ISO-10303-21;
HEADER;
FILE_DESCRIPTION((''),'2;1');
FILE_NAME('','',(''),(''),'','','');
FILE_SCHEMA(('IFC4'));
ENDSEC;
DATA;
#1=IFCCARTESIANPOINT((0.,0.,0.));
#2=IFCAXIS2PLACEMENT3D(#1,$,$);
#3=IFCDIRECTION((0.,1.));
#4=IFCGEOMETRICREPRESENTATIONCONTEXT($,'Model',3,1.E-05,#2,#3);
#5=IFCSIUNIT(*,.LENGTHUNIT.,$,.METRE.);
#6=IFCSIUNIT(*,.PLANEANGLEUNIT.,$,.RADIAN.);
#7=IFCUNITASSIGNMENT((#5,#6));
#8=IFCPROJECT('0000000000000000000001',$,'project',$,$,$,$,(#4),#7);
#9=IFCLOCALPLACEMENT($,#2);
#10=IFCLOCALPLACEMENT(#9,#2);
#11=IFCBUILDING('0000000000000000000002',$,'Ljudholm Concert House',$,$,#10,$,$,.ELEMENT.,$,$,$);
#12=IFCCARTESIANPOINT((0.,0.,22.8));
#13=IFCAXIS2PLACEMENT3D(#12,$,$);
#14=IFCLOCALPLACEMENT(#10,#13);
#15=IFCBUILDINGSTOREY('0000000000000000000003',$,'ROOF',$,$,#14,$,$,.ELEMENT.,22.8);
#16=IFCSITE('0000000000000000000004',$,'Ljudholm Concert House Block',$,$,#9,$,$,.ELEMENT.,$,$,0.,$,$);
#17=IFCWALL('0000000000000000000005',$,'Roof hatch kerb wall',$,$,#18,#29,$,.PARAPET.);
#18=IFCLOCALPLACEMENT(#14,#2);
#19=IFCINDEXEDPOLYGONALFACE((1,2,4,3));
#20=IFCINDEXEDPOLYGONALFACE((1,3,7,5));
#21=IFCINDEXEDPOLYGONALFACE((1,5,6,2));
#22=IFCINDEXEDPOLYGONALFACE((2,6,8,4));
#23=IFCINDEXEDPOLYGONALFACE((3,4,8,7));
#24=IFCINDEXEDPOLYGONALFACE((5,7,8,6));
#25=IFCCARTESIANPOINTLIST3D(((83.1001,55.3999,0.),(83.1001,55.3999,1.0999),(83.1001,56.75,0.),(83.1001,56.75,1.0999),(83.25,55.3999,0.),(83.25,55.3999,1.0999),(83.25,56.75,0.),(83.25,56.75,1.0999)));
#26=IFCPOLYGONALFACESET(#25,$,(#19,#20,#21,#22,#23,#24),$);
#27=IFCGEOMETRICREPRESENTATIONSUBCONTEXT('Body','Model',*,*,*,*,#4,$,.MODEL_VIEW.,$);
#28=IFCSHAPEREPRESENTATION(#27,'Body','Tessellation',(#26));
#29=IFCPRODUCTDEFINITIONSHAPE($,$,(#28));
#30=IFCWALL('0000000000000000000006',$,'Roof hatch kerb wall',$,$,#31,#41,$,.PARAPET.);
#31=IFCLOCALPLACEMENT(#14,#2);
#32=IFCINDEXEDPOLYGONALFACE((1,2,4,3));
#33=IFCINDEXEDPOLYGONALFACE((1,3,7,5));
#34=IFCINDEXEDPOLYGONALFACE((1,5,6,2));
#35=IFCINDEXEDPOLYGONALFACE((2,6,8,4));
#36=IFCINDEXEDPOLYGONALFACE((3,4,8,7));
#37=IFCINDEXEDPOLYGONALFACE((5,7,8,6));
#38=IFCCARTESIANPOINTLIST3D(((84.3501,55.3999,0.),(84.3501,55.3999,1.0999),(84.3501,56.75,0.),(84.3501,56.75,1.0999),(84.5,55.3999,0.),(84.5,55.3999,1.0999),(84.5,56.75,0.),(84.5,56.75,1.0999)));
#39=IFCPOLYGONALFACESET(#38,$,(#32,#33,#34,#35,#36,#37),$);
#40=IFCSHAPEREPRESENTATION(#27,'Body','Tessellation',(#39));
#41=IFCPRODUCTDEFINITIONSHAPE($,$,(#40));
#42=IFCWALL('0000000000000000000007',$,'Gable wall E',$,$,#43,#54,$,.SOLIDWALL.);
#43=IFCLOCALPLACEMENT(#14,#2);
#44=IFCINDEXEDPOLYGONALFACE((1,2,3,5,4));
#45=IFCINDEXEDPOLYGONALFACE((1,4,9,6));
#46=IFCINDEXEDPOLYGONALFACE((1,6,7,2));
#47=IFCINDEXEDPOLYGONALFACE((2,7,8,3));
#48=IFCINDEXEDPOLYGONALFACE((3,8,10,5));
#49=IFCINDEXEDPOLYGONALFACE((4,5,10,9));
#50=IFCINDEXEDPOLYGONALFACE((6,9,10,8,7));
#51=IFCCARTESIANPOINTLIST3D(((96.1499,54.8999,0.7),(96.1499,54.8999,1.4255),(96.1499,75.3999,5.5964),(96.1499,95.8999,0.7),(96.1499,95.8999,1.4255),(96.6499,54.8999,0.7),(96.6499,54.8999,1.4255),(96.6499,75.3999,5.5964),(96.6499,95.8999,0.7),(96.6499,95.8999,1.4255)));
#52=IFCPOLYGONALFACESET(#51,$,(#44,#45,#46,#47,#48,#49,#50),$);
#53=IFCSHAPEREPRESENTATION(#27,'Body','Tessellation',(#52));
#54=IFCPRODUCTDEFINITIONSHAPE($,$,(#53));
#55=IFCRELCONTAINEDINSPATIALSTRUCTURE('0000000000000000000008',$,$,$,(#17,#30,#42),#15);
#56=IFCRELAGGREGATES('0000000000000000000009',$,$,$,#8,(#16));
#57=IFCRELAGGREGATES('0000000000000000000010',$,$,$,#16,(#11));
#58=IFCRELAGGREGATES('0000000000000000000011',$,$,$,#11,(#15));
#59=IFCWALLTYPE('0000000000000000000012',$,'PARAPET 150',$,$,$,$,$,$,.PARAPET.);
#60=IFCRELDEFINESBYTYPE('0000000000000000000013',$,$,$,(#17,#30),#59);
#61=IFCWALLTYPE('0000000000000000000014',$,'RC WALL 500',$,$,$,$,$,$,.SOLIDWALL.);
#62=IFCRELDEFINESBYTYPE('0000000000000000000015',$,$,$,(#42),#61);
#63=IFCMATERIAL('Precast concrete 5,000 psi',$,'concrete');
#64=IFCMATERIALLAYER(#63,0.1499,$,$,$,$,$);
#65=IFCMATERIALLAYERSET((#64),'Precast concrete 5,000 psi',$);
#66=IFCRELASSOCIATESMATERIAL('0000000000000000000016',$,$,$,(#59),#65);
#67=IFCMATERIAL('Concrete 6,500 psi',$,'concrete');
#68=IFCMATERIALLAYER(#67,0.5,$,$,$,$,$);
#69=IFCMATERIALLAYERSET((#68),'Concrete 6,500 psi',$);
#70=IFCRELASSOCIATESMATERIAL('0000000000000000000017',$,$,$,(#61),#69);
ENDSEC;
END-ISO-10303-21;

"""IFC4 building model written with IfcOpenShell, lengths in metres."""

from ifc_helpers import new_model, si_unit, direction, frame, frame_2d, origin, place, context, subcontext, project, spatial, polyline, rectangle, outline, extrude, material, layer, layer_set, type_object, element, save


model = new_model("IFC4")

# Units and contexts
model_context = context("Model", 3, precision=1e-05, world=origin(), true_north=direction((0.0, 1.0)))
body_context = subcontext(model_context, "Body", "Model", "MODEL_VIEW")
ifc_project = project(units=[si_unit("LENGTHUNIT", "METRE"), si_unit("PLANEANGLEUNIT", "RADIAN")], contexts=[model_context])

# Site, building, storey
site_placement = place(None, origin())
site = spatial("IfcSite", under=ifc_project, at=site_placement, Name="Ljudholm Concert House Block", CompositionType="ELEMENT", RefElevation=0.0)
building_placement = place(site_placement, origin())
building = spatial("IfcBuilding", under=site, at=building_placement, Name="Ljudholm Concert House", CompositionType="ELEMENT")
storey_placement = place(building_placement, frame((0.0, 0.0, 22.8)))
storey = spatial("IfcBuildingStorey", under=building, at=storey_placement, Name="ROOF", CompositionType="ELEMENT", Elevation=22.8)

# Walls
ifc_material_1 = material(Name="Precast concrete 5,000 psi", Category="concrete")
ifc_layer_1 = layer(ifc_material_1, 0.1499)
ifc_layer_set_1 = layer_set([ifc_layer_1], Name="Precast concrete 5,000 psi")
wall_type_1 = type_object("IfcWallType", Name="PARAPET 150", PredefinedType="PARAPET", material=ifc_layer_set_1)
for number, where, z_axis, x_axis, name in (
    (1, (83.175, 55.3999, 0.0), (0.0, 0.0, 1.0), (0.0, 1.0, 0.0), "Roof hatch kerb wall"),
    (2, (84.425, 55.3999, 0.0), (0.0, 0.0, 1.0), (0.0, 1.0, 0.0), "Roof hatch kerb wall"),
):
    element("IfcWall", number, at=place(storey_placement, frame(where, z_axis=z_axis, x_axis=x_axis)), inside=storey, type_object=wall_type_1, Name=name, PredefinedType="PARAPET", context=body_context, shape_type="SweptSolid", body=[
        extrude(rectangle(XDim=1.3501, YDim=0.1499, at=frame_2d((0.675, 0.0))), origin(), (0.0, 0.0, 1.0), 1.0999),
    ])
ifc_material_2 = material(Name="Concrete 6,500 psi", Category="concrete")
ifc_layer_2 = layer(ifc_material_2, 0.5)
ifc_layer_set_2 = layer_set([ifc_layer_2], Name="Concrete 6,500 psi")
wall_type_2 = type_object("IfcWallType", Name="RC WALL 500", PredefinedType="SOLIDWALL", material=ifc_layer_set_2)
wall_1_placement = place(storey_placement, frame((96.3999, 54.8999, 0.7), z_axis=(0.0, 0.0, 1.0), x_axis=(0.0, 1.0, 0.0)))
element("IfcWall", 3, at=wall_1_placement, inside=storey, type_object=wall_type_2, Name="Gable wall E", PredefinedType="SOLIDWALL", context=body_context, shape_type="SweptSolid", body=[
    extrude(outline(polyline([(0.0, 0.0), (41.0, 0.0), (41.0, 0.7256), (20.5, 4.8965), (0.0, 0.7256), (0.0, 0.0)])), frame((0.0, 0.25, 0.0), z_axis=(0.0, -1.0, 0.0), x_axis=(1.0, 0.0, 0.0)), (0.0, 0.0, 1.0), 0.5),
])

save(model, "model.ifc")
